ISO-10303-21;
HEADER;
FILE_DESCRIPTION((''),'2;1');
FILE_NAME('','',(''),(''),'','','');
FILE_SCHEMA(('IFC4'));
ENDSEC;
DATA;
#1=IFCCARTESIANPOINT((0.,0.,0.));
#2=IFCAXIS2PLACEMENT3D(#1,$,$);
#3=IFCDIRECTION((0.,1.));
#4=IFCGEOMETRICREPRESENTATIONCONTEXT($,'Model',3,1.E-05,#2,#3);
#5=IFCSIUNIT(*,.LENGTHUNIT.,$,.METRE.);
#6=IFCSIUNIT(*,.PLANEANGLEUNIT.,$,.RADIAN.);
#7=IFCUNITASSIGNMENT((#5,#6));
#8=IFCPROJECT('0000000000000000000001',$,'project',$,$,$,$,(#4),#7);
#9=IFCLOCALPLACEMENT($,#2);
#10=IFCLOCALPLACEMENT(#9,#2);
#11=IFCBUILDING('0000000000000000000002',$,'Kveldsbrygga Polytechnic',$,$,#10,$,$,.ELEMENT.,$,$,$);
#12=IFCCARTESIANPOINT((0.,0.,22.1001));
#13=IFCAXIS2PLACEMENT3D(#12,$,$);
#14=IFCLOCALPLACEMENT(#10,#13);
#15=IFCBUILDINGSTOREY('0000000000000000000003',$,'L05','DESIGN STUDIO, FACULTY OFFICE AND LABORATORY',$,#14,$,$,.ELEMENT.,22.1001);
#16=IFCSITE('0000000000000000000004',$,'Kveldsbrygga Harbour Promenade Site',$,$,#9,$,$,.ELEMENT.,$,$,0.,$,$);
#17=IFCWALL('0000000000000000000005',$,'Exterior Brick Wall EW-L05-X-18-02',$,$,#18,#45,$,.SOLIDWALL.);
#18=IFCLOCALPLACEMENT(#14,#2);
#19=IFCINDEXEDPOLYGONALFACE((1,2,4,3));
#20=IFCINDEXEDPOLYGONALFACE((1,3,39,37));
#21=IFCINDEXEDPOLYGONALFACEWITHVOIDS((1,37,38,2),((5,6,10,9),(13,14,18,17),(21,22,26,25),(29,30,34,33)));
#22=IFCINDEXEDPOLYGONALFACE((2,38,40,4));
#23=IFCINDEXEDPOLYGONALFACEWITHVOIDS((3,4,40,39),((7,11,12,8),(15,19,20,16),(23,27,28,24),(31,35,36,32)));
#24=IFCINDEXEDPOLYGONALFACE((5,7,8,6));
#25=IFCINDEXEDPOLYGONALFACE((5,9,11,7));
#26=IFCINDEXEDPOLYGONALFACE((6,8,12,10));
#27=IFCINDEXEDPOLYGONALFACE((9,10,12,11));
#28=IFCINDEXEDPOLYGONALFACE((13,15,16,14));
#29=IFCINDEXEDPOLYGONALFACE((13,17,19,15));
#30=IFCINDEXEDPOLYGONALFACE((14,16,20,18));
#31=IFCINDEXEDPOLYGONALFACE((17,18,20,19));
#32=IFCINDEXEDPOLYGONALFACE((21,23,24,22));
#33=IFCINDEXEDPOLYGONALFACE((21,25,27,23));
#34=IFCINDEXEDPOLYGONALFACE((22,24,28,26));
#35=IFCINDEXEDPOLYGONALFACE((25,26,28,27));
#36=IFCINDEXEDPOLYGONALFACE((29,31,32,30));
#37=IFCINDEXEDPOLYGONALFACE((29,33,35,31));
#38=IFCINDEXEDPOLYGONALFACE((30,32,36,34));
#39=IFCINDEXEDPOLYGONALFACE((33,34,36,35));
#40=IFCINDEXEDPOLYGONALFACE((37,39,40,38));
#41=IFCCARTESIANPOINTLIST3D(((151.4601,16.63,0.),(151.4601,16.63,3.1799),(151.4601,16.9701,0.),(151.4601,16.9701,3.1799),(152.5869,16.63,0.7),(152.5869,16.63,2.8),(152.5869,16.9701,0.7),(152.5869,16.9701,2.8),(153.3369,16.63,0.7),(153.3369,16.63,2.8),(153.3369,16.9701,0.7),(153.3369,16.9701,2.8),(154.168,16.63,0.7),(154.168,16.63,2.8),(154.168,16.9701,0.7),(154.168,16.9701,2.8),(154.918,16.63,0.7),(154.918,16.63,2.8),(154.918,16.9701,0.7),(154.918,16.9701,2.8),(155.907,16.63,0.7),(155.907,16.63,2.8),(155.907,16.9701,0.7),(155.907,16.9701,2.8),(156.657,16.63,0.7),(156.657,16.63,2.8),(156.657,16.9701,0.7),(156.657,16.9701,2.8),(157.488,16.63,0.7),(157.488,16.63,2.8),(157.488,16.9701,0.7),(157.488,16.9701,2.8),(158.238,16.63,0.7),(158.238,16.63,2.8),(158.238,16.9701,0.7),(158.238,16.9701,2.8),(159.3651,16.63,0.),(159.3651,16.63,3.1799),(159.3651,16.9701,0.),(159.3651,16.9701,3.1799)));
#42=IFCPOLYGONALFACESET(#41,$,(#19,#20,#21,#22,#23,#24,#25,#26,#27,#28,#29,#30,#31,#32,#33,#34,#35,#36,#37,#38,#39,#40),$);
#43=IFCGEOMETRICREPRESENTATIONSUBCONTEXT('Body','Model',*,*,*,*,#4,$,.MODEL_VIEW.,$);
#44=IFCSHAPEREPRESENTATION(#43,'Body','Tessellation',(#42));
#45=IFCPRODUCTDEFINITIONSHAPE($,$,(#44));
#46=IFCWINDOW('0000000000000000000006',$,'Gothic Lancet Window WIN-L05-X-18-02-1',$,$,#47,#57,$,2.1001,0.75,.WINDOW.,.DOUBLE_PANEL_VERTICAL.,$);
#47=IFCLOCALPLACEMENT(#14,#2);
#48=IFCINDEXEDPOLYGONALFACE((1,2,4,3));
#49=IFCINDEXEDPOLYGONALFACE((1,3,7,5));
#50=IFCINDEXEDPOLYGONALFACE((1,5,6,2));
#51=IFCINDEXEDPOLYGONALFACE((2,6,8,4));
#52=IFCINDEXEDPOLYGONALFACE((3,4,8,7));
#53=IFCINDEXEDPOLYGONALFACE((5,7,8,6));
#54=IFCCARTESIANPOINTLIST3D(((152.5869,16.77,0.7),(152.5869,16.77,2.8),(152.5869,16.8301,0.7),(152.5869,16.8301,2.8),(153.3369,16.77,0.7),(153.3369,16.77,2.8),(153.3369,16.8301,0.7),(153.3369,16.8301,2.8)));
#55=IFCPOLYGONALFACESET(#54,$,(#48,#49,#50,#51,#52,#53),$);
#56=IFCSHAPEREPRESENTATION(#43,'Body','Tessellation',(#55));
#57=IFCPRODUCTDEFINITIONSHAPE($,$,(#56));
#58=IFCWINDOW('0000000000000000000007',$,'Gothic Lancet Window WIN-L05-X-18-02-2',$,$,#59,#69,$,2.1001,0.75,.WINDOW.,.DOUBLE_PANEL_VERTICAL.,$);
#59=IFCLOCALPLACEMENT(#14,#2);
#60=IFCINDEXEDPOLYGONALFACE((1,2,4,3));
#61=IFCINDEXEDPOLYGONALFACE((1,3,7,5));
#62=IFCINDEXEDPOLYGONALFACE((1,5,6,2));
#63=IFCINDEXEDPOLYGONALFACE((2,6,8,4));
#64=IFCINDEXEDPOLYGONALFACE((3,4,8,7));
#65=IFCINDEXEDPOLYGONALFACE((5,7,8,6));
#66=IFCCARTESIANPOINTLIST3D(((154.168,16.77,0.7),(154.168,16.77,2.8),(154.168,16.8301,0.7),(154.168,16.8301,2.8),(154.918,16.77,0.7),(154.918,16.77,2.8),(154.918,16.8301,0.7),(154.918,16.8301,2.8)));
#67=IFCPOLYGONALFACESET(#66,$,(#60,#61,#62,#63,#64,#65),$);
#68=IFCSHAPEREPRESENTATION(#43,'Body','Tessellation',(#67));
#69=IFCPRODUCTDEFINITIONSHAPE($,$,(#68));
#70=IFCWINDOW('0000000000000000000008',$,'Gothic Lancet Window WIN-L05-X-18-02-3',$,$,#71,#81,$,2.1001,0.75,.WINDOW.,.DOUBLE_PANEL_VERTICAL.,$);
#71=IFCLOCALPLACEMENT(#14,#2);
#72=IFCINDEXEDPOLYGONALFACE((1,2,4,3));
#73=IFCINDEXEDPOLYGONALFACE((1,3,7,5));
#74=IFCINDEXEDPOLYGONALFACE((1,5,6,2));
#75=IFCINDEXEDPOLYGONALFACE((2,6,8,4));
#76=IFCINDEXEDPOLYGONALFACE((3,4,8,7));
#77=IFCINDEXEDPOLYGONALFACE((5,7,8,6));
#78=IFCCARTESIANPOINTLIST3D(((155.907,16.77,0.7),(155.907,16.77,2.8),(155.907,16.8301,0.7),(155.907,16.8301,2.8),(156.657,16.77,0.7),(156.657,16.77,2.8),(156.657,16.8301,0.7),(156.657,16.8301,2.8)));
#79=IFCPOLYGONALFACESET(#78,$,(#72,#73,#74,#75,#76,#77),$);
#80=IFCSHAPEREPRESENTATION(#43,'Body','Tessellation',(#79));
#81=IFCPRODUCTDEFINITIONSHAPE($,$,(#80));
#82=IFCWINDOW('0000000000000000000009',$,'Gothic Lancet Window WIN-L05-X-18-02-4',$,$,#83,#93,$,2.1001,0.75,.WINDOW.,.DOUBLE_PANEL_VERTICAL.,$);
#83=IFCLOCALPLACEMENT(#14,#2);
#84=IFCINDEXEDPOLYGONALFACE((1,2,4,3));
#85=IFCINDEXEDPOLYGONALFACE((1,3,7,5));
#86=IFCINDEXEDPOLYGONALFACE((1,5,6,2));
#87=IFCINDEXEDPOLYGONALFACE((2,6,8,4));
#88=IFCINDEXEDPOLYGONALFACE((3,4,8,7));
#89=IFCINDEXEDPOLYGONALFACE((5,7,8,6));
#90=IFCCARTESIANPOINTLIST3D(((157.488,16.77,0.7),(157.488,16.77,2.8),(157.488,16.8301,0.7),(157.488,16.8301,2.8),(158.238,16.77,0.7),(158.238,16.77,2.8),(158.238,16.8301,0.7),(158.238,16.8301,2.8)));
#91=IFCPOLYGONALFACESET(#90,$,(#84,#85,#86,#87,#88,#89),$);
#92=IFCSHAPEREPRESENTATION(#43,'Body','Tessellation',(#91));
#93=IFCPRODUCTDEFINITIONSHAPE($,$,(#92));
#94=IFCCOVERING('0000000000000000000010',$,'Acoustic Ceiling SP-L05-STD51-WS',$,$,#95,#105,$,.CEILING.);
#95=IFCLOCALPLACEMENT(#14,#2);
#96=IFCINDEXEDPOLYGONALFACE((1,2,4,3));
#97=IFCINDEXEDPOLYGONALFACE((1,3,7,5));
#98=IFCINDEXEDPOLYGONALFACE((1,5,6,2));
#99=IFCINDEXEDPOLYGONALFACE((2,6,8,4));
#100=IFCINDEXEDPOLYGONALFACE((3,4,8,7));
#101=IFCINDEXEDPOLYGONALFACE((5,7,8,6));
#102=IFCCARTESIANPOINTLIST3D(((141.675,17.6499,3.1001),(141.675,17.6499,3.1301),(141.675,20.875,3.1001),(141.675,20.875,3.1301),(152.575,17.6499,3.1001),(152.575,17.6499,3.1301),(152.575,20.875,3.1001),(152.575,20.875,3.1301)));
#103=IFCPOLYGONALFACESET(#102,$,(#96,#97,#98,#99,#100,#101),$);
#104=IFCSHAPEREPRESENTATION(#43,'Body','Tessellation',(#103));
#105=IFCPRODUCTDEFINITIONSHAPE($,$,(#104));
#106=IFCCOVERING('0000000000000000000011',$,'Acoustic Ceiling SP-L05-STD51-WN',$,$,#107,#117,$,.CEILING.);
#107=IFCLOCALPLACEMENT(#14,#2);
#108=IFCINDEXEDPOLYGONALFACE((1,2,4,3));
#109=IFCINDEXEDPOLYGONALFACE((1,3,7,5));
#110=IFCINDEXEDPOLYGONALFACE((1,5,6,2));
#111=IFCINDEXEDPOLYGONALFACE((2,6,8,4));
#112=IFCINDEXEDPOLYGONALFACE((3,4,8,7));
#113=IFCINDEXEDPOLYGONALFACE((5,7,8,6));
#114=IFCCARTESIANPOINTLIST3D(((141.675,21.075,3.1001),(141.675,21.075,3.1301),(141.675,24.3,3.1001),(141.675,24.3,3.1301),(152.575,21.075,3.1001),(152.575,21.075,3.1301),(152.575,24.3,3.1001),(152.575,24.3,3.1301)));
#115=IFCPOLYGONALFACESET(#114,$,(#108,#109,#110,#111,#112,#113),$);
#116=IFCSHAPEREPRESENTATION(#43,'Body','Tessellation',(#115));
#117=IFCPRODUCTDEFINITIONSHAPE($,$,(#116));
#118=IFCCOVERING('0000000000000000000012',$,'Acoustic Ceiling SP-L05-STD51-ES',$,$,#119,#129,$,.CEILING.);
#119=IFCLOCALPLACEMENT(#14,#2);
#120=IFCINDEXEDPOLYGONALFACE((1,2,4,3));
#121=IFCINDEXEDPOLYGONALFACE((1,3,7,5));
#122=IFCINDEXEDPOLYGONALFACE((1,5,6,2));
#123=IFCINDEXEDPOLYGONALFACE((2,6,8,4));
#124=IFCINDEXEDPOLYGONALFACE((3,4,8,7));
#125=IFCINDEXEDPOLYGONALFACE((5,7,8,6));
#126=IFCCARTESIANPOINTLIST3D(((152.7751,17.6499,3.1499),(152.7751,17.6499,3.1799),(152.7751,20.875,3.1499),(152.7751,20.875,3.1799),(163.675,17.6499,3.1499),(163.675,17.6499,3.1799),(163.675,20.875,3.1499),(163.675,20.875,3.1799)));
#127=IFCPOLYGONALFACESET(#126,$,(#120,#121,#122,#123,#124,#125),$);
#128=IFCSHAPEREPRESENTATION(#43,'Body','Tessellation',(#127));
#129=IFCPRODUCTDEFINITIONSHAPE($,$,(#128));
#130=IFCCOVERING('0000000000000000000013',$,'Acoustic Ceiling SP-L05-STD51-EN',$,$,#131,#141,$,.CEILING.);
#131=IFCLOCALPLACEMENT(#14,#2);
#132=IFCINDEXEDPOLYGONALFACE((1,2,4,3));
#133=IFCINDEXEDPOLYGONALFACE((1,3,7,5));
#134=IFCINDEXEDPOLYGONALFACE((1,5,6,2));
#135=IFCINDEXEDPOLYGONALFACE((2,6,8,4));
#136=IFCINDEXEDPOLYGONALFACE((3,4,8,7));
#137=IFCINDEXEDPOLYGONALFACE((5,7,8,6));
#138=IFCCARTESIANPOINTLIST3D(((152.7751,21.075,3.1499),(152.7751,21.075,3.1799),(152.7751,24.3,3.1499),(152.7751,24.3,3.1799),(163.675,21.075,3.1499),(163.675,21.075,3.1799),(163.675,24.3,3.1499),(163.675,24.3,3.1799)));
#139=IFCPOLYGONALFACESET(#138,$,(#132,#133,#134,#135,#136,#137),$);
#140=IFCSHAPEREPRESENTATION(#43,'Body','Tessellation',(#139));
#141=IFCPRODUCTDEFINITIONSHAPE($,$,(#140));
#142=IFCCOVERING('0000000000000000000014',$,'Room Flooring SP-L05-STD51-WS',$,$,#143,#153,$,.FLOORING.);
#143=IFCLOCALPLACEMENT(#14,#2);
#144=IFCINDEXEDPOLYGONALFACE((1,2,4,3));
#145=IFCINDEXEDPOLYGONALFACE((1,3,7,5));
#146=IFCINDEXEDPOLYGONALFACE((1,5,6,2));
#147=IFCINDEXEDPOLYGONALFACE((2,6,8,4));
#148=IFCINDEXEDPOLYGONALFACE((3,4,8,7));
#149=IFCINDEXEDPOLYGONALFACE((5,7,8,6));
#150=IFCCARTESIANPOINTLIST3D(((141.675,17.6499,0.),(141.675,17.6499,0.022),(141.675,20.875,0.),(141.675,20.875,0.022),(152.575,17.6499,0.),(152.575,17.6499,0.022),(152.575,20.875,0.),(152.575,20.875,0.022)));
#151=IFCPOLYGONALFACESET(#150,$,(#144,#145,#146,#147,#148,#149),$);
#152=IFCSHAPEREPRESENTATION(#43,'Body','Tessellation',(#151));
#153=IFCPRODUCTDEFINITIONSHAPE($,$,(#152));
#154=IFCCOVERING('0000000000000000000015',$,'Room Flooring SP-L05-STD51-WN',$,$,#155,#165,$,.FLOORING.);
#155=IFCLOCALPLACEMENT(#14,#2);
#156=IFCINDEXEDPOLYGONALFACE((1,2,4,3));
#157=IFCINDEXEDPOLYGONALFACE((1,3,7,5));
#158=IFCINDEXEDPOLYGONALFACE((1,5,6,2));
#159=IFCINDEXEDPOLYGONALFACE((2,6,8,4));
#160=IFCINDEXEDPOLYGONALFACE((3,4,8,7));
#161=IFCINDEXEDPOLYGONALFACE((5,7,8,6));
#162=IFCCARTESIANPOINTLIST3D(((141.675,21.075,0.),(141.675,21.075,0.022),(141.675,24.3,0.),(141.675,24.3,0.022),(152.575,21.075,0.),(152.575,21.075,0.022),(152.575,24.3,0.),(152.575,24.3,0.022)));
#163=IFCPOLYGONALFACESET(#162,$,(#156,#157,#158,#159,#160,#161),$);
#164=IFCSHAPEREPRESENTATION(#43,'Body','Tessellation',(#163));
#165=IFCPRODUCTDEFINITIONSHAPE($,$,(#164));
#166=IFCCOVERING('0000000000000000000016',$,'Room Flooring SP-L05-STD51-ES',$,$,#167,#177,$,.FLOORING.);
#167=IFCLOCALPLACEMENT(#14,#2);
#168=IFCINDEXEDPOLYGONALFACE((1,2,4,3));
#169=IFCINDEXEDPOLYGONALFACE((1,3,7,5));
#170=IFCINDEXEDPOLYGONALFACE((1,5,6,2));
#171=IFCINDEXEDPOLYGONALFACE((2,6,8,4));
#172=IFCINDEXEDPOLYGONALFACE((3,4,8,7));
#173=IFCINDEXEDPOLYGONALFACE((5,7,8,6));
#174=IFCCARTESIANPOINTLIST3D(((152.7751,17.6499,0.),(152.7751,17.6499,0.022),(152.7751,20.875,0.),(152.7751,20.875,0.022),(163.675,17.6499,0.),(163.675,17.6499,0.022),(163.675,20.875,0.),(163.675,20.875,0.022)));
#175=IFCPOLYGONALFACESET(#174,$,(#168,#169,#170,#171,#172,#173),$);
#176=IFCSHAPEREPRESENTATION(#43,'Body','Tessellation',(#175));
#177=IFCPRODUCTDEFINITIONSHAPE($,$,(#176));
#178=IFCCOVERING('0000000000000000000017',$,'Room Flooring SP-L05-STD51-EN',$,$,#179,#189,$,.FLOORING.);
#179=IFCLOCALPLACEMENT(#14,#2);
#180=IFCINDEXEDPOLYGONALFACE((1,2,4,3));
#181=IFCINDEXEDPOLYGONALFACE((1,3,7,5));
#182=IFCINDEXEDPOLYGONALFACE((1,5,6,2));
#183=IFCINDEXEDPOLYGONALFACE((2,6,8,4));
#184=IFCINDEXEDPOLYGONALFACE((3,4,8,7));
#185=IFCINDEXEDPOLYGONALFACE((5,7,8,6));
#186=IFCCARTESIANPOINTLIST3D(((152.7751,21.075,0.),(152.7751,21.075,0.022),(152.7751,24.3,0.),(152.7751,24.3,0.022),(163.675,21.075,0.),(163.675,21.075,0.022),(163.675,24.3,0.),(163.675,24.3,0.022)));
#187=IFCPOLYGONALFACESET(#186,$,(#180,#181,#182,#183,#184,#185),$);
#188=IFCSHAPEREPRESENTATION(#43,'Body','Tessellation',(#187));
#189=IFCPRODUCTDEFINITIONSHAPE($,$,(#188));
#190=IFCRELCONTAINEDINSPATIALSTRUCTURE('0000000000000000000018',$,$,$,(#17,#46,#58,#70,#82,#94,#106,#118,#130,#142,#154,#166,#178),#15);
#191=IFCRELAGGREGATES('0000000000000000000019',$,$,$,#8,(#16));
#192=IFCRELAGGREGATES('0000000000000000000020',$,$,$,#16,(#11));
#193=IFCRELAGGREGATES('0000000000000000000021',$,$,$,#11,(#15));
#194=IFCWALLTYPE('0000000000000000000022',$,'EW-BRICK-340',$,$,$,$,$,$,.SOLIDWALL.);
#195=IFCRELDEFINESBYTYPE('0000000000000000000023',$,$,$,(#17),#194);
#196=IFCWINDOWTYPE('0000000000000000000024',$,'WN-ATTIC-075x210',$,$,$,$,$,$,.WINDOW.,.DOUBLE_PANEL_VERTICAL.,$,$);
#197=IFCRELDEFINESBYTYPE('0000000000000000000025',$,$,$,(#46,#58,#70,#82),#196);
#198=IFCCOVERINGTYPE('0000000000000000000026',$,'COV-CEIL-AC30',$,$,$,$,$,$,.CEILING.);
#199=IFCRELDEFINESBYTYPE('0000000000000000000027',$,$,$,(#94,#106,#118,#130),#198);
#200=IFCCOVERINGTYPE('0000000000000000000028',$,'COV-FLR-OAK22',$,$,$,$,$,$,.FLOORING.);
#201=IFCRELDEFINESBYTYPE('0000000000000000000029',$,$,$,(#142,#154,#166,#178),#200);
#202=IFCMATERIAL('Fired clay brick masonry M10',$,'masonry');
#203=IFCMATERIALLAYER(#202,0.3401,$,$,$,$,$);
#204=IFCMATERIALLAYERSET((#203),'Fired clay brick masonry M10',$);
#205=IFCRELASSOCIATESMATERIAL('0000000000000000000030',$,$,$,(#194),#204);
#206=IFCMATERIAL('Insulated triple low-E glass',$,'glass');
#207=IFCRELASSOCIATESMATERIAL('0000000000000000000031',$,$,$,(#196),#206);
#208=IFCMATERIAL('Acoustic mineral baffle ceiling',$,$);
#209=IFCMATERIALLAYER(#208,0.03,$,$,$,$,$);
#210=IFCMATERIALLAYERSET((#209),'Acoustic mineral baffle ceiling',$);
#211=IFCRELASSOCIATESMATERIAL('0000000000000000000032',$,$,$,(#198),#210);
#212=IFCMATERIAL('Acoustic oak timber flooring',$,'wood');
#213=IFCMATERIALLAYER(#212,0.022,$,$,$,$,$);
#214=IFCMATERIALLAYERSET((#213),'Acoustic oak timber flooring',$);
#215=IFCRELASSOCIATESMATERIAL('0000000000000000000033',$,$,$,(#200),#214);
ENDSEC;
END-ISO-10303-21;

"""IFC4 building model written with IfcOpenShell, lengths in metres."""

from ifc_helpers import new_model, si_unit, direction, frame, frame_2d, origin, origin_2d, place, context, subcontext, project, spatial, rectangle, extrude, material, layer, layer_set, type_object, element, fill, save


model = new_model("IFC4")

# Units and contexts
model_context = context("Model", 3, precision=1e-05, world=origin(), true_north=direction((0.0, 1.0)))
body_context = subcontext(model_context, "Body", "Model", "MODEL_VIEW")
ifc_project = project(units=[si_unit("LENGTHUNIT", "METRE"), si_unit("PLANEANGLEUNIT", "RADIAN")], contexts=[model_context])

# Site, building, storey
site_placement = place(None, origin())
site = spatial("IfcSite", under=ifc_project, at=site_placement, Name="Kveldsbrygga Harbour Promenade Site", CompositionType="ELEMENT", RefElevation=0.0)
building_placement = place(site_placement, origin())
building = spatial("IfcBuilding", under=site, at=building_placement, Name="Kveldsbrygga Polytechnic", CompositionType="ELEMENT")
storey_placement = place(building_placement, frame((0.0, 0.0, 22.1001)))
storey = spatial("IfcBuildingStorey", under=building, at=storey_placement, Name="L05", Description="DESIGN STUDIO, FACULTY OFFICE AND LABORATORY", CompositionType="ELEMENT", Elevation=22.1001)

# Wall, openings, windows
ifc_material_1 = material(Name="Fired clay brick masonry M10", Category="masonry")
ifc_layer_1 = layer(ifc_material_1, 0.3401)
ifc_layer_set_1 = layer_set([ifc_layer_1], Name="Fired clay brick masonry M10")
wall_type = type_object("IfcWallType", Name="EW-BRICK-340", PredefinedType="SOLIDWALL", material=ifc_layer_set_1)
wall_placement = place(storey_placement, frame((151.46, 16.8, 0.0), z_axis=(0.0, 0.0, 1.0), x_axis=(1.0, 0.0, 0.0)))
wall = element("IfcWall", 1, at=wall_placement, inside=storey, type_object=wall_type, Name="Exterior Brick Wall EW-L05-X-18-02", PredefinedType="SOLIDWALL", context=body_context, shape_type="SweptSolid", body=[
    extrude(rectangle(XDim=7.905, YDim=0.3401, at=frame_2d((3.9526, 0.0))), origin(), (0.0, 0.0, 1.0), 3.1799),
])
opening_1_placement = place(wall_placement, frame((1.127, 0.0, 0.7)))
opening_1 = element("IfcOpeningElement", 2, at=opening_1_placement, cuts=wall, PredefinedType="OPENING", context=body_context, shape_type="SweptSolid", body=[
    extrude(rectangle(XDim=0.75, YDim=2.1001, at=frame_2d((0.375, 1.05))), frame((0.0, 0.1802, 0.0), z_axis=(0.0, -1.0, 0.0), x_axis=(1.0, 0.0, 0.0)), (0.0, 0.0, 1.0), 0.3601),
])
opening_2_placement = place(wall_placement, frame((2.708, 0.0, 0.7)))
opening_2 = element("IfcOpeningElement", 3, at=opening_2_placement, cuts=wall, PredefinedType="OPENING", context=body_context, shape_type="SweptSolid", body=[
    extrude(rectangle(XDim=0.75, YDim=2.1001, at=frame_2d((0.375, 1.05))), frame((0.0, 0.1802, 0.0), z_axis=(0.0, -1.0, 0.0), x_axis=(1.0, 0.0, 0.0)), (0.0, 0.0, 1.0), 0.3601),
])
opening_3_placement = place(wall_placement, frame((4.447, 0.0, 0.7)))
opening_3 = element("IfcOpeningElement", 4, at=opening_3_placement, cuts=wall, PredefinedType="OPENING", context=body_context, shape_type="SweptSolid", body=[
    extrude(rectangle(XDim=0.75, YDim=2.1001, at=frame_2d((0.375, 1.05))), frame((0.0, 0.1802, 0.0), z_axis=(0.0, -1.0, 0.0), x_axis=(1.0, 0.0, 0.0)), (0.0, 0.0, 1.0), 0.3601),
])
opening_4_placement = place(wall_placement, frame((6.0281, 0.0, 0.7)))
opening_4 = element("IfcOpeningElement", 5, at=opening_4_placement, cuts=wall, PredefinedType="OPENING", context=body_context, shape_type="SweptSolid", body=[
    extrude(rectangle(XDim=0.75, YDim=2.1001, at=frame_2d((0.375, 1.05))), frame((0.0, 0.1802, 0.0), z_axis=(0.0, -1.0, 0.0), x_axis=(1.0, 0.0, 0.0)), (0.0, 0.0, 1.0), 0.3601),
])
ifc_material_2 = material(Name="Insulated triple low-E glass", Category="glass")
window_type = type_object("IfcWindowType", Name="WN-ATTIC-075x210", PartitioningType="DOUBLE_PANEL_VERTICAL", PredefinedType="WINDOW", material=ifc_material_2)
window_1_placement = place(opening_1_placement, origin())
window_1 = element("IfcWindow", 6, at=window_1_placement, inside=storey, type_object=window_type, Name="Gothic Lancet Window WIN-L05-X-18-02-1", OverallHeight=2.1001, OverallWidth=0.75, PartitioningType="DOUBLE_PANEL_VERTICAL", PredefinedType="WINDOW", context=body_context, shape_type="SweptSolid", body=[
    extrude(rectangle(XDim=0.75, YDim=2.1001, at=frame_2d((0.375, 1.05))), frame((0.0, 0.03, 0.0), z_axis=(0.0, -1.0, 0.0), x_axis=(1.0, 0.0, 0.0)), (0.0, 0.0, 1.0), 0.0601),
])
fill(opening_1, window_1)
window_2_placement = place(opening_2_placement, origin())
window_2 = element("IfcWindow", 7, at=window_2_placement, inside=storey, type_object=window_type, Name="Gothic Lancet Window WIN-L05-X-18-02-2", OverallHeight=2.1001, OverallWidth=0.75, PartitioningType="DOUBLE_PANEL_VERTICAL", PredefinedType="WINDOW", context=body_context, shape_type="SweptSolid", body=[
    extrude(rectangle(XDim=0.75, YDim=2.1001, at=frame_2d((0.375, 1.05))), frame((0.0, 0.03, 0.0), z_axis=(0.0, -1.0, 0.0), x_axis=(1.0, 0.0, 0.0)), (0.0, 0.0, 1.0), 0.0601),
])
fill(opening_2, window_2)
window_3_placement = place(opening_3_placement, origin())
window_3 = element("IfcWindow", 8, at=window_3_placement, inside=storey, type_object=window_type, Name="Gothic Lancet Window WIN-L05-X-18-02-3", OverallHeight=2.1001, OverallWidth=0.75, PartitioningType="DOUBLE_PANEL_VERTICAL", PredefinedType="WINDOW", context=body_context, shape_type="SweptSolid", body=[
    extrude(rectangle(XDim=0.75, YDim=2.1001, at=frame_2d((0.375, 1.05))), frame((0.0, 0.03, 0.0), z_axis=(0.0, -1.0, 0.0), x_axis=(1.0, 0.0, 0.0)), (0.0, 0.0, 1.0), 0.0601),
])
fill(opening_3, window_3)
window_4_placement = place(opening_4_placement, origin())
window_4 = element("IfcWindow", 9, at=window_4_placement, inside=storey, type_object=window_type, Name="Gothic Lancet Window WIN-L05-X-18-02-4", OverallHeight=2.1001, OverallWidth=0.75, PartitioningType="DOUBLE_PANEL_VERTICAL", PredefinedType="WINDOW", context=body_context, shape_type="SweptSolid", body=[
    extrude(rectangle(XDim=0.75, YDim=2.1001, at=frame_2d((0.375, 1.05))), frame((0.0, 0.03, 0.0), z_axis=(0.0, -1.0, 0.0), x_axis=(1.0, 0.0, 0.0)), (0.0, 0.0, 1.0), 0.0601),
])
fill(opening_4, window_4)

# Coverings
ifc_material_3 = material(Name="Acoustic mineral baffle ceiling")
ifc_layer_2 = layer(ifc_material_3, 0.03)
ifc_layer_set_2 = layer_set([ifc_layer_2], Name="Acoustic mineral baffle ceiling")
covering_type_1 = type_object("IfcCoveringType", Name="COV-CEIL-AC30", PredefinedType="CEILING", material=ifc_layer_set_2)
for number, where, z_axis, x_axis, name in (
    (10, (147.125, 19.2625, 3.1001), (0.0, 0.0, 1.0), (1.0, 0.0, 0.0), "Acoustic Ceiling SP-L05-STD51-WS"),
    (11, (147.125, 22.6875, 3.1001), (0.0, 0.0, 1.0), (1.0, 0.0, 0.0), "Acoustic Ceiling SP-L05-STD51-WN"),
    (12, (158.2251, 19.2625, 3.1499), (0.0, 0.0, 1.0), (1.0, 0.0, 0.0), "Acoustic Ceiling SP-L05-STD51-ES"),
    (13, (158.2251, 22.6875, 3.1499), (0.0, 0.0, 1.0), (1.0, 0.0, 0.0), "Acoustic Ceiling SP-L05-STD51-EN"),
):
    element("IfcCovering", number, at=place(storey_placement, frame(where, z_axis=z_axis, x_axis=x_axis)), inside=storey, type_object=covering_type_1, Name=name, PredefinedType="CEILING", context=body_context, shape_type="SweptSolid", body=[
        extrude(rectangle(XDim=10.8999, YDim=3.2251, at=origin_2d()), origin(), (0.0, 0.0, 1.0), 0.03),
    ])
ifc_material_4 = material(Name="Acoustic oak timber flooring", Category="wood")
ifc_layer_3 = layer(ifc_material_4, 0.022)
ifc_layer_set_3 = layer_set([ifc_layer_3], Name="Acoustic oak timber flooring")
covering_type_2 = type_object("IfcCoveringType", Name="COV-FLR-OAK22", PredefinedType="FLOORING", material=ifc_layer_set_3)
for number, where, z_axis, x_axis, name in (
    (14, (147.125, 19.2625, 0.0), (0.0, 0.0, 1.0), (1.0, 0.0, 0.0), "Room Flooring SP-L05-STD51-WS"),
    (15, (147.125, 22.6875, 0.0), (0.0, 0.0, 1.0), (1.0, 0.0, 0.0), "Room Flooring SP-L05-STD51-WN"),
    (16, (158.2251, 19.2625, 0.0), (0.0, 0.0, 1.0), (1.0, 0.0, 0.0), "Room Flooring SP-L05-STD51-ES"),
    (17, (158.2251, 22.6875, 0.0), (0.0, 0.0, 1.0), (1.0, 0.0, 0.0), "Room Flooring SP-L05-STD51-EN"),
):
    element("IfcCovering", number, at=place(storey_placement, frame(where, z_axis=z_axis, x_axis=x_axis)), inside=storey, type_object=covering_type_2, Name=name, PredefinedType="FLOORING", context=body_context, shape_type="SweptSolid", body=[
        extrude(rectangle(XDim=10.8999, YDim=3.2251, at=origin_2d()), origin(), (0.0, 0.0, 1.0), 0.022),
    ])

save(model, "model.ifc")
